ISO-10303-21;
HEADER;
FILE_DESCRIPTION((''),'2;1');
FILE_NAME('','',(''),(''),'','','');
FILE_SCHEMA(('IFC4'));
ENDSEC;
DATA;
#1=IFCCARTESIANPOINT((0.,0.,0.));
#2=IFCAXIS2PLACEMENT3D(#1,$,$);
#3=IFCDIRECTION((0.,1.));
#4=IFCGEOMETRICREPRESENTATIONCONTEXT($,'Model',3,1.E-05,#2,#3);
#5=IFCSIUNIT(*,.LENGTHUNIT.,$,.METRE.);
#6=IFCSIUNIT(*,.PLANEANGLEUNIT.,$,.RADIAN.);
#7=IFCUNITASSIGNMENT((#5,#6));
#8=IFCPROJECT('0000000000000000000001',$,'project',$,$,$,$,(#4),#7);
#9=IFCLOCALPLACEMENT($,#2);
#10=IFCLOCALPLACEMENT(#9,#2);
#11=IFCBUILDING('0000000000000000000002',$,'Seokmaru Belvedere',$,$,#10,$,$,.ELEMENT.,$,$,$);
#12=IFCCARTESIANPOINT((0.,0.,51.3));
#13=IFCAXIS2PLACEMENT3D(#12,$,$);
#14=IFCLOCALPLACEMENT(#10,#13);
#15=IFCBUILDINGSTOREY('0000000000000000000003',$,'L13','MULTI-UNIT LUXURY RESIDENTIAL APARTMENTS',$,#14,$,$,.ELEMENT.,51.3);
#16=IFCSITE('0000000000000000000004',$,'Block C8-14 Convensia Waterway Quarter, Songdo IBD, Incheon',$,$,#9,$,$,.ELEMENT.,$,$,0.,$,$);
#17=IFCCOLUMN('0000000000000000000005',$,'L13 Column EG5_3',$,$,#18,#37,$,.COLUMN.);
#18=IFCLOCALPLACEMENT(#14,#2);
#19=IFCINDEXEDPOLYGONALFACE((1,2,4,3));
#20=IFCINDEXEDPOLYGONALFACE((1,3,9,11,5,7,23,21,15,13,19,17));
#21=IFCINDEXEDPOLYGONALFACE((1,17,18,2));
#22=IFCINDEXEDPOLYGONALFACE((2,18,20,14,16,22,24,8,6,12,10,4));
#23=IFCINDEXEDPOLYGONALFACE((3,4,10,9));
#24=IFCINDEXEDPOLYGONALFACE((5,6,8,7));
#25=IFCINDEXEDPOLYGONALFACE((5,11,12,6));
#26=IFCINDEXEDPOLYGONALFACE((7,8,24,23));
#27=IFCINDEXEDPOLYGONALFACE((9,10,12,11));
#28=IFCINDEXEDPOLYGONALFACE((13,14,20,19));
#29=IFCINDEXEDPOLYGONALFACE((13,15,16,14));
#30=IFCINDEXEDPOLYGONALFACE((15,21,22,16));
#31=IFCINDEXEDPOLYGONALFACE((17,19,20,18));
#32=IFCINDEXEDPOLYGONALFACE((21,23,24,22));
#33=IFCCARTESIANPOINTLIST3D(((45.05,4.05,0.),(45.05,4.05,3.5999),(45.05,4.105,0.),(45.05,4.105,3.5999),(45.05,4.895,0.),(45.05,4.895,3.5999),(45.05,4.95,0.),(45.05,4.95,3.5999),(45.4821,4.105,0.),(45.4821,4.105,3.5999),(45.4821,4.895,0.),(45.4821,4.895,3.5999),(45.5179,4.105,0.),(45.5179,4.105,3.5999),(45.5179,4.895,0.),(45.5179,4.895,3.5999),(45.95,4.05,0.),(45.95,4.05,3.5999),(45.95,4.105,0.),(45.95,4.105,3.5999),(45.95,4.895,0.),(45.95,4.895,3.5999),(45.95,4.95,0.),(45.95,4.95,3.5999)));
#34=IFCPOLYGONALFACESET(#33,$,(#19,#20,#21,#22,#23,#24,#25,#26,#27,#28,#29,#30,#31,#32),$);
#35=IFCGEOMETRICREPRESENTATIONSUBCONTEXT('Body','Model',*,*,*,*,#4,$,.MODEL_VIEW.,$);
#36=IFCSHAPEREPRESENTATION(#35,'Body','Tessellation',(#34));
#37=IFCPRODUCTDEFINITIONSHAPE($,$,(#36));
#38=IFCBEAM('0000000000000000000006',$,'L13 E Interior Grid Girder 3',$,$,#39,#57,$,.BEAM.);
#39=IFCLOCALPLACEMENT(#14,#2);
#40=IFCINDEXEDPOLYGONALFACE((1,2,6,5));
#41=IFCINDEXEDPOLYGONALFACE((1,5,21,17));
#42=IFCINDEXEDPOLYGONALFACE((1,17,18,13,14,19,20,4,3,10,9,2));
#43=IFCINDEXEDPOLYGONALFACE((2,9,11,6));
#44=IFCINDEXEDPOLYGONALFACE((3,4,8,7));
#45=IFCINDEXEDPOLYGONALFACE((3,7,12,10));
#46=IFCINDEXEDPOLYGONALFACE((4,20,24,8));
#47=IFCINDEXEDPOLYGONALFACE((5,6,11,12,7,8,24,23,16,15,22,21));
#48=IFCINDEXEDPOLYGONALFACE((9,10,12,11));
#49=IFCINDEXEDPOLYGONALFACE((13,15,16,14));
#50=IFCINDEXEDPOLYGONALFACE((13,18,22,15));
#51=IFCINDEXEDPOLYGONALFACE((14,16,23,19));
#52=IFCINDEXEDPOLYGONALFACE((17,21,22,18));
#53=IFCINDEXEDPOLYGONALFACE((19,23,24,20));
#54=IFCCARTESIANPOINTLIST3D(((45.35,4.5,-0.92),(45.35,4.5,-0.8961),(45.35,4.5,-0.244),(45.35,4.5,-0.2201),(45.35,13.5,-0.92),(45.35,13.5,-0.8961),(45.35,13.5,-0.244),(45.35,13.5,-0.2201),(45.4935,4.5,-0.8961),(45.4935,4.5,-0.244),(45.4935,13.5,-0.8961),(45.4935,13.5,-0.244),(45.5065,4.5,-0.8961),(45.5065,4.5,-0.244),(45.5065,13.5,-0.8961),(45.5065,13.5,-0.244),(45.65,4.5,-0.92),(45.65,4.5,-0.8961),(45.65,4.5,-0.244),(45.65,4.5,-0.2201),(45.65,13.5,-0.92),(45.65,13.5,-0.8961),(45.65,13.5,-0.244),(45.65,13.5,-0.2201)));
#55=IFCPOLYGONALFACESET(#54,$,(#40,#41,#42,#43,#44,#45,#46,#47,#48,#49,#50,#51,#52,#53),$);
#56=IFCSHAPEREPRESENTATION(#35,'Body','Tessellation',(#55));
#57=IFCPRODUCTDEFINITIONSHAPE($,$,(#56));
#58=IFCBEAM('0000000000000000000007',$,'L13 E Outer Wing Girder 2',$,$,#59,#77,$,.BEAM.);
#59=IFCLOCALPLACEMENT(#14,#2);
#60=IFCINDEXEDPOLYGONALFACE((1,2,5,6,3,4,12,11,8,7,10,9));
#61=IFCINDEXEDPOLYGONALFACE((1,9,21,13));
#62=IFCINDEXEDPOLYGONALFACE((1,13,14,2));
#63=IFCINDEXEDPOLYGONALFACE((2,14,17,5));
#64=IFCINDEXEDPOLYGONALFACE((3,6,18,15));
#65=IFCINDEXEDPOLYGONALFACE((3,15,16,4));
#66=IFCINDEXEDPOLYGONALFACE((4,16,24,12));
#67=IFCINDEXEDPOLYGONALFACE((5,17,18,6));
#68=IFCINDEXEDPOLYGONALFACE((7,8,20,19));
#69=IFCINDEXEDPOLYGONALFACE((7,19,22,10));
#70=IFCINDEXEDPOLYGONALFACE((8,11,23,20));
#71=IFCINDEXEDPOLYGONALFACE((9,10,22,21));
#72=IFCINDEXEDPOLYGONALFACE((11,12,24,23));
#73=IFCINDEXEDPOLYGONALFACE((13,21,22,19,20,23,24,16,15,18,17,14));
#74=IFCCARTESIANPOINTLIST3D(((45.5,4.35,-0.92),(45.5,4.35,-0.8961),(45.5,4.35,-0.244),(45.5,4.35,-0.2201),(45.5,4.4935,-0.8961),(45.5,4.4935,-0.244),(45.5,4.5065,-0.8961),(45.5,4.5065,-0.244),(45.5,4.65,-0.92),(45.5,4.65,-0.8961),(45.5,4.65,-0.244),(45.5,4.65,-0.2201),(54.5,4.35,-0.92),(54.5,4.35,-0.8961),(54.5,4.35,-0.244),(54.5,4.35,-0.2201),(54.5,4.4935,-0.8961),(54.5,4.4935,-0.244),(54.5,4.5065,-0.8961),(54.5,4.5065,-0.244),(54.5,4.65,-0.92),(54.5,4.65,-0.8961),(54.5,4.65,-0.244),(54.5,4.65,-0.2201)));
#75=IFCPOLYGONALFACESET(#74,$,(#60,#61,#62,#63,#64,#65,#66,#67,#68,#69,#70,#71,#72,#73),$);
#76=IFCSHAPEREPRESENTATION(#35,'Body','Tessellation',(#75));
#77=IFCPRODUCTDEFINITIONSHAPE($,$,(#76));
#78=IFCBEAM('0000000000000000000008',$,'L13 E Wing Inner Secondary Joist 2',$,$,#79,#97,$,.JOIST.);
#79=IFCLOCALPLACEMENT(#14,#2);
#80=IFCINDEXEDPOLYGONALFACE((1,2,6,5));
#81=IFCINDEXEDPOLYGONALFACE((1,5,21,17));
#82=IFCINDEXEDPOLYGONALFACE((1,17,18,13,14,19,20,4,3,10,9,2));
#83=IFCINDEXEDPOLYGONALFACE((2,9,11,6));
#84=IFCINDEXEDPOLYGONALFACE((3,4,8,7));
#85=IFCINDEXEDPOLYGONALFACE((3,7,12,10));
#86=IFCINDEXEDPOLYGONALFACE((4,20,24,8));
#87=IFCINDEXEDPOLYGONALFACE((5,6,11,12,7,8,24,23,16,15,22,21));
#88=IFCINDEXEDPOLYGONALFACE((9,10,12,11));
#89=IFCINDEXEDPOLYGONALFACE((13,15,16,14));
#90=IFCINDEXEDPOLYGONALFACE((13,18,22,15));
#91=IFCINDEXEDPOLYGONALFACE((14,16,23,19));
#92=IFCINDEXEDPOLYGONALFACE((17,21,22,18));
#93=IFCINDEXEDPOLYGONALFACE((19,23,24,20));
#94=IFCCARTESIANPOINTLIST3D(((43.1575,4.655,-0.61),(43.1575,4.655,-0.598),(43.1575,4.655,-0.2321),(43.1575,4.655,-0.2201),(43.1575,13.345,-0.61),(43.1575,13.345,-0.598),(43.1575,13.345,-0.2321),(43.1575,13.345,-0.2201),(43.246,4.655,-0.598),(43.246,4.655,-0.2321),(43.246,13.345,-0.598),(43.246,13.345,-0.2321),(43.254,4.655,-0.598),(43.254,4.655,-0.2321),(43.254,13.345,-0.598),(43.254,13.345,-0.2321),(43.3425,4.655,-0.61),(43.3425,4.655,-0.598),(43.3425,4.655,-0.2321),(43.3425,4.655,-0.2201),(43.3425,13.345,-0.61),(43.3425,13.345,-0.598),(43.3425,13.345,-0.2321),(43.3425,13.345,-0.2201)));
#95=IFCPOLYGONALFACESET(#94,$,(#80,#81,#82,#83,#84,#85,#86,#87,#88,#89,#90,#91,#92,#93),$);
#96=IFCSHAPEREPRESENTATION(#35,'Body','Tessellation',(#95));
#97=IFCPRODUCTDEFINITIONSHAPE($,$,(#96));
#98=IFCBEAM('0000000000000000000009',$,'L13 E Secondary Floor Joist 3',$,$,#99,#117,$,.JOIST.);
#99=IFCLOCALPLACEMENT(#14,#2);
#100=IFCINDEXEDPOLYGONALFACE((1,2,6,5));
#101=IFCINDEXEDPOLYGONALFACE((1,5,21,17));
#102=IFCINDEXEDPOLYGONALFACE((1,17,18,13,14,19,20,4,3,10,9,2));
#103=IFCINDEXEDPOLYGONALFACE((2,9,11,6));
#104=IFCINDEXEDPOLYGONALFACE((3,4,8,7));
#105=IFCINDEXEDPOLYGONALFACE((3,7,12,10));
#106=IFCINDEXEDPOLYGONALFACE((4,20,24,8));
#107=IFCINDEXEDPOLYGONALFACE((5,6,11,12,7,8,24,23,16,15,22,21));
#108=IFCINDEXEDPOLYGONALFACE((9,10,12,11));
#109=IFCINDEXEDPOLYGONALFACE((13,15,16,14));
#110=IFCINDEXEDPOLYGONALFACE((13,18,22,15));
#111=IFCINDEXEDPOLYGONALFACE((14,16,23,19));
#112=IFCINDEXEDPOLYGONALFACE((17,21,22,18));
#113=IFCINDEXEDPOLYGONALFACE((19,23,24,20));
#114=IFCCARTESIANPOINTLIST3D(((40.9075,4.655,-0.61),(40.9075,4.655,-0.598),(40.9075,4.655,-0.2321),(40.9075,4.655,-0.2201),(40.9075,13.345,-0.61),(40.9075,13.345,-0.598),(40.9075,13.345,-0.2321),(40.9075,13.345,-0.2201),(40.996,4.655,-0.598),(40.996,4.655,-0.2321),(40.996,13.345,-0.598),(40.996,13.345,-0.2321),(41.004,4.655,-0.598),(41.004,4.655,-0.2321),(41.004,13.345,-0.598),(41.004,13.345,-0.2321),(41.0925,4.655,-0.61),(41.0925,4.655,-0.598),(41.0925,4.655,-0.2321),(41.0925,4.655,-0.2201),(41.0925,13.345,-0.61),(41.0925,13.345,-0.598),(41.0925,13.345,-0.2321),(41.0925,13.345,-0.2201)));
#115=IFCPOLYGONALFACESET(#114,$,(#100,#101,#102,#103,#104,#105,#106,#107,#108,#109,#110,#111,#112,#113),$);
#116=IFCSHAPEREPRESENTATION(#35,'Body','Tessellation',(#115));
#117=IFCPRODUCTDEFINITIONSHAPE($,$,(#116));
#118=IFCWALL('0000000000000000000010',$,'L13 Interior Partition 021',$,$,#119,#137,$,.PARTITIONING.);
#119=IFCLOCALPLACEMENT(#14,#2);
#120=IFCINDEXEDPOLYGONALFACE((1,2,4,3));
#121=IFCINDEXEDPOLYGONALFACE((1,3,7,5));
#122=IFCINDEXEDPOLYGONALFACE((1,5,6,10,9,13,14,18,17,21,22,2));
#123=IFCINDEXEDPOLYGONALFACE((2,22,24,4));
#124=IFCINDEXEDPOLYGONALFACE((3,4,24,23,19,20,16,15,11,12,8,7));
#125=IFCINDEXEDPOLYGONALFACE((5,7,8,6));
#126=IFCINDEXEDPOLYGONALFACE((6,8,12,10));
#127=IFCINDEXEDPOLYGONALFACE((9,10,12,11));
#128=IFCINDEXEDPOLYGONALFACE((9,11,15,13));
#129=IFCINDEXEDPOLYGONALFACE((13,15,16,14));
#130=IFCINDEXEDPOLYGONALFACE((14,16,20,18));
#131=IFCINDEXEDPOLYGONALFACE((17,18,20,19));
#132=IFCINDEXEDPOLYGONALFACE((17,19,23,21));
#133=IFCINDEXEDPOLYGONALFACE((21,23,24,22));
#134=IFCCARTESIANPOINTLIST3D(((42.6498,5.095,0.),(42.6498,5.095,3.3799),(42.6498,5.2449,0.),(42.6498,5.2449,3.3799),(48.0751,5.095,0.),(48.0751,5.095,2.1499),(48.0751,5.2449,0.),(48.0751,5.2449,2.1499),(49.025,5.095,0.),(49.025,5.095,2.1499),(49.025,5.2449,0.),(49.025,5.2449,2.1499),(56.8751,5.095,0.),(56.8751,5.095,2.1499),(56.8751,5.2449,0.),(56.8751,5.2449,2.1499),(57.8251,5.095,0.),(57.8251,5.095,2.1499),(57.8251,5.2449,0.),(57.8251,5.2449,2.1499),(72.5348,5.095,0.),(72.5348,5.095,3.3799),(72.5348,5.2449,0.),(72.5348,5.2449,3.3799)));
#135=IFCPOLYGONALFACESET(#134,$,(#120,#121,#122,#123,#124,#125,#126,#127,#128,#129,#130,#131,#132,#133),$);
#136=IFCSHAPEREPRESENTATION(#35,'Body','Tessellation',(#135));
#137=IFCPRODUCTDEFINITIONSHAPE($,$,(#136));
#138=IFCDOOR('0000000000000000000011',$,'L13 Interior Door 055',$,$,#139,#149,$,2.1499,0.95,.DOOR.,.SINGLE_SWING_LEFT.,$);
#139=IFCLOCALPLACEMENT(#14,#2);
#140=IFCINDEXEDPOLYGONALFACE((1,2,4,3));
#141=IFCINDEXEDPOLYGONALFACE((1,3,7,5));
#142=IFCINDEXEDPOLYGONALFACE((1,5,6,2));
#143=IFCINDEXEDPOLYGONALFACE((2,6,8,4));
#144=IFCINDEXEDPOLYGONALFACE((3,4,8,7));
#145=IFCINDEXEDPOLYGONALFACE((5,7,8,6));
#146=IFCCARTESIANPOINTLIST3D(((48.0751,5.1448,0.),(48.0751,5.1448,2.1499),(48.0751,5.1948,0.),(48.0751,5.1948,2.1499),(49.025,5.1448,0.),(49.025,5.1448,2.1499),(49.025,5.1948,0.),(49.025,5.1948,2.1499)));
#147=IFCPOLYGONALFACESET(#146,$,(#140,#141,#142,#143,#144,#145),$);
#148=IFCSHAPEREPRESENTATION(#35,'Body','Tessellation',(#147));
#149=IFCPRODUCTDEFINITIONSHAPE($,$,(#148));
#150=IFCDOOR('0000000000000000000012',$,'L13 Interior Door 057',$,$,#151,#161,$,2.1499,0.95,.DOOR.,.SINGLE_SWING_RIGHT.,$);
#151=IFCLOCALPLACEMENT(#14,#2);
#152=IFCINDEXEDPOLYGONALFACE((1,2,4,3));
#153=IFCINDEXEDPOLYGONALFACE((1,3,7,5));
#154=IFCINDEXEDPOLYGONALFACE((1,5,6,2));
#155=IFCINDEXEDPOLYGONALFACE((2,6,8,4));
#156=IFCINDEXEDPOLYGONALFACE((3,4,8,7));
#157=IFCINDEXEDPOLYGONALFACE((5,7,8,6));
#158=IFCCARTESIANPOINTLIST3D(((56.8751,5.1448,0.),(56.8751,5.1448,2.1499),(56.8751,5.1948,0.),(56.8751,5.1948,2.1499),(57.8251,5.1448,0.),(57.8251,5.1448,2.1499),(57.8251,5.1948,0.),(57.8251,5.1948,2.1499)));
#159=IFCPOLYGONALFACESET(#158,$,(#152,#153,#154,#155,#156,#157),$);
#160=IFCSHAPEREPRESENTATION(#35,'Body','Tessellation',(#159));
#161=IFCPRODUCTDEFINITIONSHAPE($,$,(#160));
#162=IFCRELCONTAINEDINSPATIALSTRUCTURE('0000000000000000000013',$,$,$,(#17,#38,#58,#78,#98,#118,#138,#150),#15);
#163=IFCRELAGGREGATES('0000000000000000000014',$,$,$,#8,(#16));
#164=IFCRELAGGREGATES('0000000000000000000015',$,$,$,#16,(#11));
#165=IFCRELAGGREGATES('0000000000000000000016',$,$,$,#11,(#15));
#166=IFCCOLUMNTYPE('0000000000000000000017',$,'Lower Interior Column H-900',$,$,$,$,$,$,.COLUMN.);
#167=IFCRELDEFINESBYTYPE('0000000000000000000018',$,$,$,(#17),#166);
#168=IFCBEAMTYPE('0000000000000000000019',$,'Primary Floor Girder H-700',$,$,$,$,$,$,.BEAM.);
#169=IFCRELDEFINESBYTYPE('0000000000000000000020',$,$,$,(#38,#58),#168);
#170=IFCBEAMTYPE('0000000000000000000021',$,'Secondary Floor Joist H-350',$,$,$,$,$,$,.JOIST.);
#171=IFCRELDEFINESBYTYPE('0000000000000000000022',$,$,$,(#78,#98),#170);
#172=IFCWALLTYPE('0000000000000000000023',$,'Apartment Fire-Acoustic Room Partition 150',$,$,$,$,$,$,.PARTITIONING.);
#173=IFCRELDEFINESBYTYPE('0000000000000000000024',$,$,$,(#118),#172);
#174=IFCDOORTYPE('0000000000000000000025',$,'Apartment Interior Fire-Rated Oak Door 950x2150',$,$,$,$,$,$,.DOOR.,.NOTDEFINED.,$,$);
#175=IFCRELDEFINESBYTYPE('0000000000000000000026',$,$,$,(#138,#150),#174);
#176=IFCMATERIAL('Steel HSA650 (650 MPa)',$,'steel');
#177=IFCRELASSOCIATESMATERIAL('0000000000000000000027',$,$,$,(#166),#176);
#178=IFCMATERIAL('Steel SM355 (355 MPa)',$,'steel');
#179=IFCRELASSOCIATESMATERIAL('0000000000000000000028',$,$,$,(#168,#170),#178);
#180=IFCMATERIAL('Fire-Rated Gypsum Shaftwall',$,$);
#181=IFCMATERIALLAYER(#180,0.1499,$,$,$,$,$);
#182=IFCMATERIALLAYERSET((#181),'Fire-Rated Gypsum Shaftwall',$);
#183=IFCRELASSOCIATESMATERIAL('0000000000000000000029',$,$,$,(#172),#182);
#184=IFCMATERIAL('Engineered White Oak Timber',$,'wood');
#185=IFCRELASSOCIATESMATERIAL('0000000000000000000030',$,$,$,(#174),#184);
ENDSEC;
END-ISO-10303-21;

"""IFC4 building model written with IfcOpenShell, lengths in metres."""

from ifc_helpers import new_model, si_unit, direction, frame, frame_2d, origin, origin_2d, place, context, subcontext, project, spatial, rectangle, i_section, extrude, source, transform, mapped, material, layer, layer_set, material_profile, profile_set, type_object, type_shapes, element, fill, save


model = new_model("IFC4")

# Units and contexts
model_context = context("Model", 3, precision=1e-05, world=origin(), true_north=direction((0.0, 1.0)))
body_context = subcontext(model_context, "Body", "Model", "MODEL_VIEW")
ifc_project = project(units=[si_unit("LENGTHUNIT", "METRE"), si_unit("PLANEANGLEUNIT", "RADIAN")], contexts=[model_context])

# Site, building, storey
site_placement = place(None, origin())
site = spatial("IfcSite", under=ifc_project, at=site_placement, Name="Block C8-14 Convensia Waterway Quarter, Songdo IBD, Incheon", CompositionType="ELEMENT", RefElevation=0.0)
building_placement = place(site_placement, origin())
building = spatial("IfcBuilding", under=site, at=building_placement, Name="Seokmaru Belvedere", CompositionType="ELEMENT")
storey_placement = place(building_placement, frame((0.0, 0.0, 51.3)))
storey = spatial("IfcBuildingStorey", under=building, at=storey_placement, Name="L13", Description="MULTI-UNIT LUXURY RESIDENTIAL APARTMENTS", CompositionType="ELEMENT", Elevation=51.3)

# Column
ifc_material_1 = material(Name="Steel HSA650 (650 MPa)", Category="steel")
ifc_material_profile_1 = material_profile(ifc_material_1, i_section(OverallWidth=0.8999, OverallDepth=0.8999, WebThickness=0.0359, FlangeThickness=0.0549, at=origin_2d()), Name="H-900x900x36x55")
ifc_profile_set_1 = profile_set([ifc_material_profile_1], Name="Steel HSA650 (650 MPa)")
column_type = type_object("IfcColumnType", Name="Lower Interior Column H-900", PredefinedType="COLUMN", material=ifc_profile_set_1)
shared_shape_1 = source(origin(), body_context, "Body", "SweptSolid", [
    extrude(i_section(OverallWidth=0.8999, OverallDepth=0.8999, WebThickness=0.0359, FlangeThickness=0.0549, at=origin_2d()), origin(), (0.0, 0.0, 1.0), 3.5999),
])
type_shapes(column_type, [shared_shape_1])
column_placement = place(storey_placement, frame((45.5, 4.5, 0.0), z_axis=(0.0, 0.0, 1.0), x_axis=(1.0, 0.0, 0.0)))
element("IfcColumn", 1, at=column_placement, inside=storey, type_object=column_type, Name="L13 Column EG5_3", PredefinedType="COLUMN", context=body_context, shape_type="MappedRepresentation", body=[
    mapped(shared_shape_1, transform((0.0, 0.0, 0.0), scale=1.0)),
])

# Beams
ifc_material_2 = material(Name="Steel SM355 (355 MPa)", Category="steel")
ifc_material_profile_2 = material_profile(ifc_material_2, i_section(OverallWidth=0.3, OverallDepth=0.7, WebThickness=0.0129, FlangeThickness=0.0239, at=origin_2d()), Name="H-700x300x13x24")
ifc_profile_set_2 = profile_set([ifc_material_profile_2], Name="Steel SM355 (355 MPa)")
beam_type_1 = type_object("IfcBeamType", Name="Primary Floor Girder H-700", PredefinedType="BEAM", material=ifc_profile_set_2)
shared_shape_2 = source(origin(), body_context, "Body", "SweptSolid", [
    extrude(i_section(OverallWidth=0.3, OverallDepth=0.7, WebThickness=0.0129, FlangeThickness=0.0239, at=origin_2d()), origin(), (0.0, 0.0, 1.0), 9.0),
])
type_shapes(beam_type_1, [shared_shape_2])
for number, where, z_axis, x_axis, name in (
    (2, (45.5, 4.5, -0.5701), (0.0, 1.0, 0.0), (-1.0, 0.0, 0.0), "L13 E Interior Grid Girder 3"),
    (3, (45.5, 4.5, -0.5701), (1.0, 0.0, 0.0), (0.0, 1.0, 0.0), "L13 E Outer Wing Girder 2"),
):
    element("IfcBeam", number, at=place(storey_placement, frame(where, z_axis=z_axis, x_axis=x_axis)), inside=storey, type_object=beam_type_1, Name=name, PredefinedType="BEAM", context=body_context, shape_type="MappedRepresentation", body=[
        mapped(shared_shape_2, transform((0.0, 0.0, 0.0), scale=1.0)),
    ])
ifc_material_profile_3 = material_profile(ifc_material_2, i_section(OverallWidth=0.1851, OverallDepth=0.3899, WebThickness=0.0081, FlangeThickness=0.012, at=origin_2d()), Name="H-390x185x8x12")
ifc_profile_set_3 = profile_set([ifc_material_profile_3], Name="Steel SM355 (355 MPa)")
beam_type_2 = type_object("IfcBeamType", Name="Secondary Floor Joist H-350", PredefinedType="JOIST", material=ifc_profile_set_3)
shared_shape_3 = source(origin(), body_context, "Body", "SweptSolid", [
    extrude(i_section(OverallWidth=0.1851, OverallDepth=0.3899, WebThickness=0.0081, FlangeThickness=0.012, at=origin_2d()), origin(), (0.0, 0.0, 1.0), 8.6899),
])
type_shapes(beam_type_2, [shared_shape_3])
for number, where, z_axis, x_axis, name in (
    (4, (43.25, 4.655, -0.415), (0.0, 1.0, 0.0), (-1.0, 0.0, 0.0), "L13 E Wing Inner Secondary Joist 2"),
    (5, (41.0, 4.655, -0.415), (0.0, 1.0, 0.0), (-1.0, 0.0, 0.0), "L13 E Secondary Floor Joist 3"),
):
    element("IfcBeam", number, at=place(storey_placement, frame(where, z_axis=z_axis, x_axis=x_axis)), inside=storey, type_object=beam_type_2, Name=name, PredefinedType="JOIST", context=body_context, shape_type="MappedRepresentation", body=[
        mapped(shared_shape_3, transform((0.0, 0.0, 0.0), scale=1.0)),
    ])

# Wall, openings, doors
ifc_material_3 = material(Name="Fire-Rated Gypsum Shaftwall")
ifc_layer_1 = layer(ifc_material_3, 0.1499)
ifc_layer_set_1 = layer_set([ifc_layer_1], Name="Fire-Rated Gypsum Shaftwall")
wall_type_1 = type_object("IfcWallType", Name="Apartment Fire-Acoustic Room Partition 150", PredefinedType="PARTITIONING", material=ifc_layer_set_1)
wall_1_placement = place(storey_placement, frame((42.6499, 5.1699, 0.0), z_axis=(0.0, 0.0, 1.0), x_axis=(1.0, 0.0, 0.0)))
wall_1 = element("IfcWall", 6, at=wall_1_placement, inside=storey, type_object=wall_type_1, Name="L13 Interior Partition 021", PredefinedType="PARTITIONING", context=body_context, shape_type="SweptSolid", body=[
    extrude(rectangle(XDim=29.885, YDim=0.1499, at=frame_2d((14.9424, 0.0))), origin(), (0.0, 0.0, 1.0), 3.3799),
])
opening_1_placement = place(wall_1_placement, frame((5.425, 0.0, 0.0)))
opening_1 = element("IfcOpeningElement", 7, at=opening_1_placement, cuts=wall_1, PredefinedType="OPENING", context=body_context, shape_type="SweptSolid", body=[
    extrude(rectangle(XDim=0.95, YDim=2.1499, at=frame_2d((0.4751, 1.075))), frame((0.0, 0.085, 0.0), z_axis=(0.0, -1.0, 0.0), x_axis=(1.0, 0.0, 0.0)), (0.0, 0.0, 1.0), 0.1699),
])
opening_2_placement = place(wall_1_placement, frame((14.2251, 0.0, 0.0)))
opening_2 = element("IfcOpeningElement", 8, at=opening_2_placement, cuts=wall_1, PredefinedType="OPENING", context=body_context, shape_type="SweptSolid", body=[
    extrude(rectangle(XDim=0.95, YDim=2.1499, at=frame_2d((0.4751, 1.075))), frame((0.0, 0.085, 0.0), z_axis=(0.0, -1.0, 0.0), x_axis=(1.0, 0.0, 0.0)), (0.0, 0.0, 1.0), 0.1699),
])
ifc_material_4 = material(Name="Engineered White Oak Timber", Category="wood")
door_type_1 = type_object("IfcDoorType", Name="Apartment Interior Fire-Rated Oak Door 950x2150", OperationType="NOTDEFINED", PredefinedType="DOOR", material=ifc_material_4)
shared_shape_4 = source(origin(), body_context, "Body", "SweptSolid", [
    extrude(rectangle(XDim=0.95, YDim=2.1499, at=frame_2d((0.4751, 1.075))), frame((0.0, 0.0249, 0.0), z_axis=(0.0, -1.0, 0.0), x_axis=(1.0, 0.0, 0.0)), (0.0, 0.0, 1.0), 0.05),
])
type_shapes(door_type_1, [shared_shape_4])
door_1_placement = place(opening_1_placement, origin())
door_1 = element("IfcDoor", 9, at=door_1_placement, inside=storey, type_object=door_type_1, Name="L13 Interior Door 055", OperationType="SINGLE_SWING_LEFT", OverallHeight=2.1499, OverallWidth=0.95, PredefinedType="DOOR", context=body_context, shape_type="MappedRepresentation", body=[
    mapped(shared_shape_4, transform((0.0, 0.0, 0.0), scale=1.0)),
])
fill(opening_1, door_1)
door_2_placement = place(opening_2_placement, origin())
door_2 = element("IfcDoor", 10, at=door_2_placement, inside=storey, type_object=door_type_1, Name="L13 Interior Door 057", OperationType="SINGLE_SWING_RIGHT", OverallHeight=2.1499, OverallWidth=0.95, PredefinedType="DOOR", context=body_context, shape_type="MappedRepresentation", body=[
    mapped(shared_shape_4, transform((0.0, 0.0, 0.0), scale=1.0)),
])
fill(opening_2, door_2)

save(model, "model.ifc")
